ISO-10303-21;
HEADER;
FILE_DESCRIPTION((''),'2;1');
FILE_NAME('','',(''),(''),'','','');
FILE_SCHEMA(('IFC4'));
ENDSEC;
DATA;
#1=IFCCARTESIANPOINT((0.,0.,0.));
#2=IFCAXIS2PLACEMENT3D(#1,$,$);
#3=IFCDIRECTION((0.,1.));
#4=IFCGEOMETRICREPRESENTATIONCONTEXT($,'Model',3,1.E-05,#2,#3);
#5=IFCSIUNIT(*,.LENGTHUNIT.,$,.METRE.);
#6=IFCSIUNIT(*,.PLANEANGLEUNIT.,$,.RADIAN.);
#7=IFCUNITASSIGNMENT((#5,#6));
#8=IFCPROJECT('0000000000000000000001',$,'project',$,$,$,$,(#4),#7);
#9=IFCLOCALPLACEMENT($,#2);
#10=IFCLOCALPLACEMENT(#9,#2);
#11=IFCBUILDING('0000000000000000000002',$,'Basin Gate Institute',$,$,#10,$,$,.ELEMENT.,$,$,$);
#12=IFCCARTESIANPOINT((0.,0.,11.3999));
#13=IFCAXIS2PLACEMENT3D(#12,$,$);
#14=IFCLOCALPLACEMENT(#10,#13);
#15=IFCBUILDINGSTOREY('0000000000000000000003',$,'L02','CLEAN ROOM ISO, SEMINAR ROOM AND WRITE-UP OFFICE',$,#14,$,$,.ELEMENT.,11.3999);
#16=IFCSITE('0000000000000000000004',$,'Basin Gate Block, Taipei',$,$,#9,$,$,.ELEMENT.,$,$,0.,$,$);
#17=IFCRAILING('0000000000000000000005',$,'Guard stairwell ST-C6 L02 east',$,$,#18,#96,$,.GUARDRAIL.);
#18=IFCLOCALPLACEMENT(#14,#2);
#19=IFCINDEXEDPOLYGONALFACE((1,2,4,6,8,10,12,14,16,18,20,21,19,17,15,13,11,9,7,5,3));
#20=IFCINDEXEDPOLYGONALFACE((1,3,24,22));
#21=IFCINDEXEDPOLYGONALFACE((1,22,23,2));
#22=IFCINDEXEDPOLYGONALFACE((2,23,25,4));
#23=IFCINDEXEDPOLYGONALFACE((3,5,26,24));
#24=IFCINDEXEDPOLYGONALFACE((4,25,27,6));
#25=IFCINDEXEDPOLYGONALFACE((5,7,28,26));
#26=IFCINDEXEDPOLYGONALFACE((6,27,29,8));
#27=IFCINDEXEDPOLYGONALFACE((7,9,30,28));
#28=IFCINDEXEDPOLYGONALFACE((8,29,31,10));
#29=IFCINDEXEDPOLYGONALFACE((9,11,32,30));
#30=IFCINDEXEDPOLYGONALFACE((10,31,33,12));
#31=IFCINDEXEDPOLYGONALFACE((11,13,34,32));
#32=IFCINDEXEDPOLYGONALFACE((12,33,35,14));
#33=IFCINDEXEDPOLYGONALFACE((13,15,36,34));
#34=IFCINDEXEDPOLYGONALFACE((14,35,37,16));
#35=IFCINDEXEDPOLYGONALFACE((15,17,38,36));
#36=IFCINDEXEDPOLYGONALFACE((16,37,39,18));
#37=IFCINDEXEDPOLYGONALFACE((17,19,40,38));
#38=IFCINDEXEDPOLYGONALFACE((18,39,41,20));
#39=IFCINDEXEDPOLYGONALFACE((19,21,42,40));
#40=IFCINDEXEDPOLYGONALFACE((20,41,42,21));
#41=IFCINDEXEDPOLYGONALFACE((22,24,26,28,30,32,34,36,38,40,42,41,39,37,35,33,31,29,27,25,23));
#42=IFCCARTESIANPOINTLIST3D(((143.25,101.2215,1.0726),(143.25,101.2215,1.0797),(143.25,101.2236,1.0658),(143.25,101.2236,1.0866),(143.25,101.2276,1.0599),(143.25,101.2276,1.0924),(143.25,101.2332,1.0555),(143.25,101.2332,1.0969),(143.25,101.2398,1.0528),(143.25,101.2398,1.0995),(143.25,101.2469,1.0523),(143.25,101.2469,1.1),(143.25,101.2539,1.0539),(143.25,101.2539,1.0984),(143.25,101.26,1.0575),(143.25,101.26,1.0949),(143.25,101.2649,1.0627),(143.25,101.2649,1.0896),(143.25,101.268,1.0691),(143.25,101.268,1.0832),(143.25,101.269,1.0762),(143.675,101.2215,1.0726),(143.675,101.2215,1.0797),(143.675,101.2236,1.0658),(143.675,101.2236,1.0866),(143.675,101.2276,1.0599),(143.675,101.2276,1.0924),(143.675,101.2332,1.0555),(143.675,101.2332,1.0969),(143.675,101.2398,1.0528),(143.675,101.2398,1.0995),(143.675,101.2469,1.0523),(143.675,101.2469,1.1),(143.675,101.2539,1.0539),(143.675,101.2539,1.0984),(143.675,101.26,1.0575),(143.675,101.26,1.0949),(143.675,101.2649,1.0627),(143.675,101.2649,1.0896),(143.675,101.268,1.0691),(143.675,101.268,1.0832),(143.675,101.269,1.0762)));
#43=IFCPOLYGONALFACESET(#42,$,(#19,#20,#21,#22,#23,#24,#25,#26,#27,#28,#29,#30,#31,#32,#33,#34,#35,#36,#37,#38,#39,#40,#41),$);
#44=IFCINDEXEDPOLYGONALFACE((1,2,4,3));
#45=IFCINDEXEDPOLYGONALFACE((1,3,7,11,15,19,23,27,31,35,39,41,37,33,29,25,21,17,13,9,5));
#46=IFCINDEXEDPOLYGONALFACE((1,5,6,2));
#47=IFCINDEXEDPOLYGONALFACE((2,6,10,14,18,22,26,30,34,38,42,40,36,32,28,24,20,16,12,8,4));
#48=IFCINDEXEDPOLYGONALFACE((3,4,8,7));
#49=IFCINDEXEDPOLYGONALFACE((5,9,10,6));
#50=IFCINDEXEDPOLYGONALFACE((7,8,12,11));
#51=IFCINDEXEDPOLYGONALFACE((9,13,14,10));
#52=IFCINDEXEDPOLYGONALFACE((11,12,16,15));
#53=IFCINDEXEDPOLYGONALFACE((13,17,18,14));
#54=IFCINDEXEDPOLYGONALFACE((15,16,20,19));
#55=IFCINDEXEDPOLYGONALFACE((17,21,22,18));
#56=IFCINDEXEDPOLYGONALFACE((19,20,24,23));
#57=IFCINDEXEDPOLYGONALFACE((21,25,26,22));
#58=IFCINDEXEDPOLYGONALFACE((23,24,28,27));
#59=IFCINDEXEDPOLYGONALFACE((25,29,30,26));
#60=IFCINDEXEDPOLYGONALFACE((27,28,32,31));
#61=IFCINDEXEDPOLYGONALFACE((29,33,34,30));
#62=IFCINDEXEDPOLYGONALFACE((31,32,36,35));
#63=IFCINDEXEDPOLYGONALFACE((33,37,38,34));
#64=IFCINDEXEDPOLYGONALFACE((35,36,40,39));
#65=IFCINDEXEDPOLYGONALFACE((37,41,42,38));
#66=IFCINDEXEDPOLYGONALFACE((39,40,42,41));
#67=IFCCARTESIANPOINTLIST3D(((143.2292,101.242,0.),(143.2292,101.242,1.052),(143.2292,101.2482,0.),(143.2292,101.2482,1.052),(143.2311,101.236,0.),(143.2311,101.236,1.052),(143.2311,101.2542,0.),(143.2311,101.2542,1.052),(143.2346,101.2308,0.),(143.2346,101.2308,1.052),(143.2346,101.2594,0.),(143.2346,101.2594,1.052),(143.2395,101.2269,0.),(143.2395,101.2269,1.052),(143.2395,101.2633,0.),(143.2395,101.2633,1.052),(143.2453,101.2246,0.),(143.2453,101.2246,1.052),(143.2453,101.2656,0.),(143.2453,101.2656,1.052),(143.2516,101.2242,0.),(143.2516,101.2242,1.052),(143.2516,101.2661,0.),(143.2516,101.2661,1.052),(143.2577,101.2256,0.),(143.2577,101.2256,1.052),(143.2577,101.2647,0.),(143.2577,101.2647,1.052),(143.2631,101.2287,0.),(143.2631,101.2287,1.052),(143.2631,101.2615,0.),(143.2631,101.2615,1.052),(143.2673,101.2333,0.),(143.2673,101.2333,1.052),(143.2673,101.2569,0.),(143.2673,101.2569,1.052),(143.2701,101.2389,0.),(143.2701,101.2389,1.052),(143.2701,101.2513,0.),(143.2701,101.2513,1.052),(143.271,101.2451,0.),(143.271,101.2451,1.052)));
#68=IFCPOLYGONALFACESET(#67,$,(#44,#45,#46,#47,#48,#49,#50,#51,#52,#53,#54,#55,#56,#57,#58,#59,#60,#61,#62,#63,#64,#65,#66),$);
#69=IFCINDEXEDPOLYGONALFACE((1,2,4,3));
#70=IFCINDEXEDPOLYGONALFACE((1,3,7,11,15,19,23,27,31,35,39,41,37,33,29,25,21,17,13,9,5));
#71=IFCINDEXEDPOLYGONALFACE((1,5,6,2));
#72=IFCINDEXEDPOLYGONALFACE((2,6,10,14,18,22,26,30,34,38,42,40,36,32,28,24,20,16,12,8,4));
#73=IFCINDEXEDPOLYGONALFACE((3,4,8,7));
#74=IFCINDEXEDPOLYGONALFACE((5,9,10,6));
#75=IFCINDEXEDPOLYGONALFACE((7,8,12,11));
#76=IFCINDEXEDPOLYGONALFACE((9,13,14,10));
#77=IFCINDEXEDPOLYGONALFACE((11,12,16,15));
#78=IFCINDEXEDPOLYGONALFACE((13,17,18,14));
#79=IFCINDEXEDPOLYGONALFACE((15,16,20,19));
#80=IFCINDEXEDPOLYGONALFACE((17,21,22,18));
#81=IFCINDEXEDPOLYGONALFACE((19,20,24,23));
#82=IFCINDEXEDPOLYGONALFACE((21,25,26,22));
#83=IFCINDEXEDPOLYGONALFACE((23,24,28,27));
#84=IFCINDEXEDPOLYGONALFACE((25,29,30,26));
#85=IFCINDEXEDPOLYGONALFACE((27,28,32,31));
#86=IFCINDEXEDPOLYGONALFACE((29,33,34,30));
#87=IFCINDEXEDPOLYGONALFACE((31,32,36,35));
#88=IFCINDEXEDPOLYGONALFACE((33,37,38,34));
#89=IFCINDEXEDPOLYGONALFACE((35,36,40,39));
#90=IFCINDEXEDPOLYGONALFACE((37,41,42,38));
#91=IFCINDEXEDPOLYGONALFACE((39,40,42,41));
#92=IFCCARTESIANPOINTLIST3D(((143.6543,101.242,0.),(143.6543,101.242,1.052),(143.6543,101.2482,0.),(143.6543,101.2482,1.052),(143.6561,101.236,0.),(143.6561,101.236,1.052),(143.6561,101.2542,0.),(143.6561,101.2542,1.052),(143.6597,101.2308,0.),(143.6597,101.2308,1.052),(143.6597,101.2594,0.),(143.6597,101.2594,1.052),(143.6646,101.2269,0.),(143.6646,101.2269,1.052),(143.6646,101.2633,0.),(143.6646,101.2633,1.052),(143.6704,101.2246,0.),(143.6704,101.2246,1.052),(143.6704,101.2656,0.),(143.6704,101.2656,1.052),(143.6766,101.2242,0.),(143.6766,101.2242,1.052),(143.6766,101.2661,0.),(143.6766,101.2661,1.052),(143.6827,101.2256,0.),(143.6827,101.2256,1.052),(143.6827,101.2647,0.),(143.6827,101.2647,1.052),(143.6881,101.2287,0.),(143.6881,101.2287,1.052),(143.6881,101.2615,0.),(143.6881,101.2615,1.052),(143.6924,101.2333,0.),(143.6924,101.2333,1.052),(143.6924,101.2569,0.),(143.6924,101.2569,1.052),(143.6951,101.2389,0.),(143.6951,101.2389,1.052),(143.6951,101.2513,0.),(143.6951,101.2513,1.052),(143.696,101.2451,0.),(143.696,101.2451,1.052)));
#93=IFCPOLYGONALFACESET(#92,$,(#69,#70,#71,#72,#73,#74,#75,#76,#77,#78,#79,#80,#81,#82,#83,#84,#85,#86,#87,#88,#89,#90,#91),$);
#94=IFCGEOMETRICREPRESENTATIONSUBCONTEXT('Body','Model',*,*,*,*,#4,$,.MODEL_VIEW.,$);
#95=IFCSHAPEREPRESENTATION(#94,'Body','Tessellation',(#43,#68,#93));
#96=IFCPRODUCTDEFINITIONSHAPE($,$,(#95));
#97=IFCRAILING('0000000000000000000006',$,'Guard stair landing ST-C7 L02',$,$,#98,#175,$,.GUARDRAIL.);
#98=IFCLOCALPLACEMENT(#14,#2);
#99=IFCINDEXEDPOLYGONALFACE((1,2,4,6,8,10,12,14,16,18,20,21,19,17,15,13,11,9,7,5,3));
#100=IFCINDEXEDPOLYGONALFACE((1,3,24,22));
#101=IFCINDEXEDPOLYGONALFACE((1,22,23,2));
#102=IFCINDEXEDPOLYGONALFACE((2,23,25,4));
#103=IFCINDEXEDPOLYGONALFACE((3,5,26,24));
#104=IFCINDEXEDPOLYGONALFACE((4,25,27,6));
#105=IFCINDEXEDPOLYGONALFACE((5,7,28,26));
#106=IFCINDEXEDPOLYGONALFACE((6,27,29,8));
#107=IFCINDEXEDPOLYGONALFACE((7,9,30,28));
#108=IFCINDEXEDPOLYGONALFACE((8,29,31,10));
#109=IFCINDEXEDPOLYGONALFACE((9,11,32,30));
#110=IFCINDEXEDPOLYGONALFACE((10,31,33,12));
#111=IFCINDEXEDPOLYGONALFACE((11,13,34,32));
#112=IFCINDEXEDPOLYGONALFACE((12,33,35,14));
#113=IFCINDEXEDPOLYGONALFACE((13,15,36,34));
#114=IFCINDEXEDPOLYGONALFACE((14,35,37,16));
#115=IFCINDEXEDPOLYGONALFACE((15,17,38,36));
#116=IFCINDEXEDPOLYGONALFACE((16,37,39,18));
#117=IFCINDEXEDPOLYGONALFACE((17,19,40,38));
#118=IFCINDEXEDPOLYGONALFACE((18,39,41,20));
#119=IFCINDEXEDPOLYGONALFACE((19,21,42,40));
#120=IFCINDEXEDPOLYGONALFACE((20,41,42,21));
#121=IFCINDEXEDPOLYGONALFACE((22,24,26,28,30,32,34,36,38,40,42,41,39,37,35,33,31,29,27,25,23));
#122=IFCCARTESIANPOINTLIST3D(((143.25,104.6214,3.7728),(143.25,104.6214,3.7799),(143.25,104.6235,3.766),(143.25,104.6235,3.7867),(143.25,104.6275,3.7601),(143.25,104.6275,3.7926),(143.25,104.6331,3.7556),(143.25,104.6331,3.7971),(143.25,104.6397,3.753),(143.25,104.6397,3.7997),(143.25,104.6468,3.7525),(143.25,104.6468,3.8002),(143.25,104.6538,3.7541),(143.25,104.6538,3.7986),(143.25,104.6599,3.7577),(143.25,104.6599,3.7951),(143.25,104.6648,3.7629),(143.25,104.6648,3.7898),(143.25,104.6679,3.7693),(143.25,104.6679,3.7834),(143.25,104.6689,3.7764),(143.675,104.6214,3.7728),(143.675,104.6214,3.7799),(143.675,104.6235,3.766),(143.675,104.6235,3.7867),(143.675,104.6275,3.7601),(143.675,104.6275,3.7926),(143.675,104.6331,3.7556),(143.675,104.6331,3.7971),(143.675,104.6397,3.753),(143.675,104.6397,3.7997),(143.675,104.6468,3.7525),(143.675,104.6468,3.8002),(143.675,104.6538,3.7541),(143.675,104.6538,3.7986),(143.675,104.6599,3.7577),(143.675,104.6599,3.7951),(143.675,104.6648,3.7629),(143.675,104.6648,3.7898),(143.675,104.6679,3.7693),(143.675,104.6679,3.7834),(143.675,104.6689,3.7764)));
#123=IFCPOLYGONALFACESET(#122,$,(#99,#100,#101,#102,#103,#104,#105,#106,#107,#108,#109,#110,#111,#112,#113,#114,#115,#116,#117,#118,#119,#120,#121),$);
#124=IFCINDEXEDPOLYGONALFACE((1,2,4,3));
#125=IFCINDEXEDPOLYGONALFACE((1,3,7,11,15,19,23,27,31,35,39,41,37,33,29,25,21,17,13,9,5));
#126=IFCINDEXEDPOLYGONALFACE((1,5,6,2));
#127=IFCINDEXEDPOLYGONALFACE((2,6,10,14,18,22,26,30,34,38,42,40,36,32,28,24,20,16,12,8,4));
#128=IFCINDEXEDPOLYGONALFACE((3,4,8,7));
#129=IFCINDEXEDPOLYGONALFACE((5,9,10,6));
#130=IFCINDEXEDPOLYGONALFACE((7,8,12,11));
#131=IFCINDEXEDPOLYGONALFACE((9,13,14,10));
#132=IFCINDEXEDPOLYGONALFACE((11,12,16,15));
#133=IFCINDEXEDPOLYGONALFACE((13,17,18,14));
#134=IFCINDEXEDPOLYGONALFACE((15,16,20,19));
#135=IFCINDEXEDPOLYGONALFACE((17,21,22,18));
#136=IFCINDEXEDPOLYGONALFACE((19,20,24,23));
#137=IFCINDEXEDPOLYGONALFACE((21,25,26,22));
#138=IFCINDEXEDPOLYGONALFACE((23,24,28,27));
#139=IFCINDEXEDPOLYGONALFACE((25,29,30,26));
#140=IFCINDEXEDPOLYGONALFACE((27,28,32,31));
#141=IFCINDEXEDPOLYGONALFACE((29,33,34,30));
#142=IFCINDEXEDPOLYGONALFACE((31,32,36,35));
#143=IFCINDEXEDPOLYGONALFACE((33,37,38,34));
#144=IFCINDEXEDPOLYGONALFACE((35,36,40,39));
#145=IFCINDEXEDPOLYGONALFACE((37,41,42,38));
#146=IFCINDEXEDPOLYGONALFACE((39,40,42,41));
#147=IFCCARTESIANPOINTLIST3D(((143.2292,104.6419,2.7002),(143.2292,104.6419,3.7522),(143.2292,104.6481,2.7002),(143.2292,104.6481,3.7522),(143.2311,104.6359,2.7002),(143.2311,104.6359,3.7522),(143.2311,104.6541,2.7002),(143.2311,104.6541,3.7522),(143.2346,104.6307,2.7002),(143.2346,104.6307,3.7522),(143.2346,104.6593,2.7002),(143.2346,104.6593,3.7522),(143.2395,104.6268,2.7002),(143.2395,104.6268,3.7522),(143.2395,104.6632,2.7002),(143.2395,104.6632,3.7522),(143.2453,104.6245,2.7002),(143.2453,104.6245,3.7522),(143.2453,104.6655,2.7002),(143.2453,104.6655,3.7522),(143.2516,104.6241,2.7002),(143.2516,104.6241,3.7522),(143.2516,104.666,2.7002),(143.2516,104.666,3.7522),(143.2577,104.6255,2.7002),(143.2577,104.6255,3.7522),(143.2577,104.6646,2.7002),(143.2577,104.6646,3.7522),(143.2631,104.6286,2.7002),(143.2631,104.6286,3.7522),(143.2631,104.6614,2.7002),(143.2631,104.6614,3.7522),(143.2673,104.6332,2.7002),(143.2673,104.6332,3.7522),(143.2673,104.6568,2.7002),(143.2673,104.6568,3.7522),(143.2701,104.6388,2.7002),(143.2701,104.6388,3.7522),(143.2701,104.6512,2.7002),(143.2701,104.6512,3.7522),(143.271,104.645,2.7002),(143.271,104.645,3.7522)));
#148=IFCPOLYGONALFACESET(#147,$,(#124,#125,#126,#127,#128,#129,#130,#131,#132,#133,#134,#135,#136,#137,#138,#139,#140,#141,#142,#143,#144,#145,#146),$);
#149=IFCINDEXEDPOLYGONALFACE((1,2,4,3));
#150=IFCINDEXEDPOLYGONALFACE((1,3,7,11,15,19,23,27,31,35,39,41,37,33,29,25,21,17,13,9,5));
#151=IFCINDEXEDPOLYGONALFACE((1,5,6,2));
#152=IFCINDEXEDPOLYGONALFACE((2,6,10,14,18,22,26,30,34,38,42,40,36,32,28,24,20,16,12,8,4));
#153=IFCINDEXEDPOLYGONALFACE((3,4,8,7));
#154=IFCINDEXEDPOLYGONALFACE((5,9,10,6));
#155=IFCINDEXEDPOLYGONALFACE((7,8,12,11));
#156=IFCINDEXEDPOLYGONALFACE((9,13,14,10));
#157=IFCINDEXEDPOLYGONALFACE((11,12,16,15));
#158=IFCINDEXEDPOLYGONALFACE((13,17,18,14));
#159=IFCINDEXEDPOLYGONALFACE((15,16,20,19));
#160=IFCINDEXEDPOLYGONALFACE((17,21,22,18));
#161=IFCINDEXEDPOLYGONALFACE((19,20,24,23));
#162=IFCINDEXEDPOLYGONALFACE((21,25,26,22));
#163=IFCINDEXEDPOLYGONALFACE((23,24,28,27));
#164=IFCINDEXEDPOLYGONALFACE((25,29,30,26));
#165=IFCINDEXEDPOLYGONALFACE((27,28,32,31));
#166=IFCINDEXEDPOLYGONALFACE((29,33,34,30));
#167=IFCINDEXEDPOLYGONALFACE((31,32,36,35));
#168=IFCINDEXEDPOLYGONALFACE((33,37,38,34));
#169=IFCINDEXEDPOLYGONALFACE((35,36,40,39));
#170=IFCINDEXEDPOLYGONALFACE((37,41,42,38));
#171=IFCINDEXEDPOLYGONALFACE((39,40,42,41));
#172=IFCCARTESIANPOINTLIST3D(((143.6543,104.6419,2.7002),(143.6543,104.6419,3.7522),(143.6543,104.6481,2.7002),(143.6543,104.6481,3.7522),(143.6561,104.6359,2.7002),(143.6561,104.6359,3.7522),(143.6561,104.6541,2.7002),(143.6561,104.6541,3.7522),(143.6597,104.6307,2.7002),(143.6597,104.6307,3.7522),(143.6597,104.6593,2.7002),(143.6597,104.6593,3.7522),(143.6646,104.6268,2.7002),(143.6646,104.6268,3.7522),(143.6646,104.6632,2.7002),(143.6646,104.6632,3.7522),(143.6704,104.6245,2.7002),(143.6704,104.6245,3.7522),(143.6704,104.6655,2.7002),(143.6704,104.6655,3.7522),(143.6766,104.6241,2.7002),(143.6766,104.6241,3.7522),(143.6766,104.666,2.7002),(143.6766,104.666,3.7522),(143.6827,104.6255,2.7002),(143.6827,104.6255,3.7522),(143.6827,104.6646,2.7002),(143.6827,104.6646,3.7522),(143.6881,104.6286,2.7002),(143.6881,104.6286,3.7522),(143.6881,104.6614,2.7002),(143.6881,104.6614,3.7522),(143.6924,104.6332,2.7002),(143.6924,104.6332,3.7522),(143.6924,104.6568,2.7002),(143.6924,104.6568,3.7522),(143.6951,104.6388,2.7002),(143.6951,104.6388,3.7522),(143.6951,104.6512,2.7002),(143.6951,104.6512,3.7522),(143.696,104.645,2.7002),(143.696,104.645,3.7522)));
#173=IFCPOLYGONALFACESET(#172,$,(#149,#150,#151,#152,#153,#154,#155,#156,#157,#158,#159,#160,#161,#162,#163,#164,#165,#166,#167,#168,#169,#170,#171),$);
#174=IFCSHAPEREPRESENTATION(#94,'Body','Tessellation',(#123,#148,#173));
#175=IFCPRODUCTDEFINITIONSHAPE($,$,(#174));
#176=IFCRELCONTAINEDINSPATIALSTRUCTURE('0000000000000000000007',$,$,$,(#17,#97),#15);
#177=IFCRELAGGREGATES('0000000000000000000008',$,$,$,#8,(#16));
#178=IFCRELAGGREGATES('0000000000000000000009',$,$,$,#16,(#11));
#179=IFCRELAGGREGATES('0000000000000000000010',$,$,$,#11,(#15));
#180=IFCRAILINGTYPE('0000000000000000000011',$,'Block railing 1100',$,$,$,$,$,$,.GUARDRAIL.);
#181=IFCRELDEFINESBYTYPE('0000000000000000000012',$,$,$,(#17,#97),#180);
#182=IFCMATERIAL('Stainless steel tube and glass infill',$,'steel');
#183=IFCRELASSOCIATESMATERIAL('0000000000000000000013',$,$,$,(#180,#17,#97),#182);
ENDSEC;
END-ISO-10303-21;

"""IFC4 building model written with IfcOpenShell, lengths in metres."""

from ifc_helpers import new_model, si_unit, direction, frame, origin, origin_2d, place, context, subcontext, project, spatial, circle, extrude, material, type_object, element, save


model = new_model("IFC4")

# Units and contexts
model_context = context("Model", 3, precision=1e-05, world=origin(), true_north=direction((0.0, 1.0)))
body_context = subcontext(model_context, "Body", "Model", "MODEL_VIEW")
ifc_project = project(units=[si_unit("LENGTHUNIT", "METRE"), si_unit("PLANEANGLEUNIT", "RADIAN")], contexts=[model_context])

# Site, building, storey
site_placement = place(None, origin())
site = spatial("IfcSite", under=ifc_project, at=site_placement, Name="Basin Gate Block, Taipei", CompositionType="ELEMENT", RefElevation=0.0)
building_placement = place(site_placement, origin())
building = spatial("IfcBuilding", under=site, at=building_placement, Name="Basin Gate Institute", CompositionType="ELEMENT")
storey_placement = place(building_placement, frame((0.0, 0.0, 11.3999)))
storey = spatial("IfcBuildingStorey", under=building, at=storey_placement, Name="L02", Description="CLEAN ROOM ISO, SEMINAR ROOM AND WRITE-UP OFFICE", CompositionType="ELEMENT", Elevation=11.3999)

# Railings
ifc_material_1 = material(Name="Stainless steel tube and glass infill", Category="steel")
railing_type_1 = type_object("IfcRailingType", Name="Block railing 1100", PredefinedType="GUARDRAIL", material=ifc_material_1)
for number, where, name in (
    (1, (143.25, 101.2451, 0.0), "Guard stairwell ST-C6 L02 east"),
    (2, (143.25, 104.645, 2.7002), "Guard stair landing ST-C7 L02"),
):
    element("IfcRailing", number, at=place(storey_placement, frame(where)), inside=storey, type_object=railing_type_1, material=ifc_material_1, Name=name, PredefinedType="GUARDRAIL", context=body_context, shape_type="SweptSolid", body=[
        extrude(circle(Radius=0.0239, at=origin_2d()), frame((0.0, 0.0, 1.0762), z_axis=(1.0, 0.0, 0.0), x_axis=(0.0, 1.0, 0.0)), (0.0, 0.0, 1.0), 0.425),
        extrude(circle(Radius=0.021, at=origin_2d()), origin(), (0.0, 0.0, 1.0), 1.052),
        extrude(circle(Radius=0.021, at=origin_2d()), frame((0.425, 0.0, 0.0)), (0.0, 0.0, 1.0), 1.052),
    ])

save(model, "model.ifc")
